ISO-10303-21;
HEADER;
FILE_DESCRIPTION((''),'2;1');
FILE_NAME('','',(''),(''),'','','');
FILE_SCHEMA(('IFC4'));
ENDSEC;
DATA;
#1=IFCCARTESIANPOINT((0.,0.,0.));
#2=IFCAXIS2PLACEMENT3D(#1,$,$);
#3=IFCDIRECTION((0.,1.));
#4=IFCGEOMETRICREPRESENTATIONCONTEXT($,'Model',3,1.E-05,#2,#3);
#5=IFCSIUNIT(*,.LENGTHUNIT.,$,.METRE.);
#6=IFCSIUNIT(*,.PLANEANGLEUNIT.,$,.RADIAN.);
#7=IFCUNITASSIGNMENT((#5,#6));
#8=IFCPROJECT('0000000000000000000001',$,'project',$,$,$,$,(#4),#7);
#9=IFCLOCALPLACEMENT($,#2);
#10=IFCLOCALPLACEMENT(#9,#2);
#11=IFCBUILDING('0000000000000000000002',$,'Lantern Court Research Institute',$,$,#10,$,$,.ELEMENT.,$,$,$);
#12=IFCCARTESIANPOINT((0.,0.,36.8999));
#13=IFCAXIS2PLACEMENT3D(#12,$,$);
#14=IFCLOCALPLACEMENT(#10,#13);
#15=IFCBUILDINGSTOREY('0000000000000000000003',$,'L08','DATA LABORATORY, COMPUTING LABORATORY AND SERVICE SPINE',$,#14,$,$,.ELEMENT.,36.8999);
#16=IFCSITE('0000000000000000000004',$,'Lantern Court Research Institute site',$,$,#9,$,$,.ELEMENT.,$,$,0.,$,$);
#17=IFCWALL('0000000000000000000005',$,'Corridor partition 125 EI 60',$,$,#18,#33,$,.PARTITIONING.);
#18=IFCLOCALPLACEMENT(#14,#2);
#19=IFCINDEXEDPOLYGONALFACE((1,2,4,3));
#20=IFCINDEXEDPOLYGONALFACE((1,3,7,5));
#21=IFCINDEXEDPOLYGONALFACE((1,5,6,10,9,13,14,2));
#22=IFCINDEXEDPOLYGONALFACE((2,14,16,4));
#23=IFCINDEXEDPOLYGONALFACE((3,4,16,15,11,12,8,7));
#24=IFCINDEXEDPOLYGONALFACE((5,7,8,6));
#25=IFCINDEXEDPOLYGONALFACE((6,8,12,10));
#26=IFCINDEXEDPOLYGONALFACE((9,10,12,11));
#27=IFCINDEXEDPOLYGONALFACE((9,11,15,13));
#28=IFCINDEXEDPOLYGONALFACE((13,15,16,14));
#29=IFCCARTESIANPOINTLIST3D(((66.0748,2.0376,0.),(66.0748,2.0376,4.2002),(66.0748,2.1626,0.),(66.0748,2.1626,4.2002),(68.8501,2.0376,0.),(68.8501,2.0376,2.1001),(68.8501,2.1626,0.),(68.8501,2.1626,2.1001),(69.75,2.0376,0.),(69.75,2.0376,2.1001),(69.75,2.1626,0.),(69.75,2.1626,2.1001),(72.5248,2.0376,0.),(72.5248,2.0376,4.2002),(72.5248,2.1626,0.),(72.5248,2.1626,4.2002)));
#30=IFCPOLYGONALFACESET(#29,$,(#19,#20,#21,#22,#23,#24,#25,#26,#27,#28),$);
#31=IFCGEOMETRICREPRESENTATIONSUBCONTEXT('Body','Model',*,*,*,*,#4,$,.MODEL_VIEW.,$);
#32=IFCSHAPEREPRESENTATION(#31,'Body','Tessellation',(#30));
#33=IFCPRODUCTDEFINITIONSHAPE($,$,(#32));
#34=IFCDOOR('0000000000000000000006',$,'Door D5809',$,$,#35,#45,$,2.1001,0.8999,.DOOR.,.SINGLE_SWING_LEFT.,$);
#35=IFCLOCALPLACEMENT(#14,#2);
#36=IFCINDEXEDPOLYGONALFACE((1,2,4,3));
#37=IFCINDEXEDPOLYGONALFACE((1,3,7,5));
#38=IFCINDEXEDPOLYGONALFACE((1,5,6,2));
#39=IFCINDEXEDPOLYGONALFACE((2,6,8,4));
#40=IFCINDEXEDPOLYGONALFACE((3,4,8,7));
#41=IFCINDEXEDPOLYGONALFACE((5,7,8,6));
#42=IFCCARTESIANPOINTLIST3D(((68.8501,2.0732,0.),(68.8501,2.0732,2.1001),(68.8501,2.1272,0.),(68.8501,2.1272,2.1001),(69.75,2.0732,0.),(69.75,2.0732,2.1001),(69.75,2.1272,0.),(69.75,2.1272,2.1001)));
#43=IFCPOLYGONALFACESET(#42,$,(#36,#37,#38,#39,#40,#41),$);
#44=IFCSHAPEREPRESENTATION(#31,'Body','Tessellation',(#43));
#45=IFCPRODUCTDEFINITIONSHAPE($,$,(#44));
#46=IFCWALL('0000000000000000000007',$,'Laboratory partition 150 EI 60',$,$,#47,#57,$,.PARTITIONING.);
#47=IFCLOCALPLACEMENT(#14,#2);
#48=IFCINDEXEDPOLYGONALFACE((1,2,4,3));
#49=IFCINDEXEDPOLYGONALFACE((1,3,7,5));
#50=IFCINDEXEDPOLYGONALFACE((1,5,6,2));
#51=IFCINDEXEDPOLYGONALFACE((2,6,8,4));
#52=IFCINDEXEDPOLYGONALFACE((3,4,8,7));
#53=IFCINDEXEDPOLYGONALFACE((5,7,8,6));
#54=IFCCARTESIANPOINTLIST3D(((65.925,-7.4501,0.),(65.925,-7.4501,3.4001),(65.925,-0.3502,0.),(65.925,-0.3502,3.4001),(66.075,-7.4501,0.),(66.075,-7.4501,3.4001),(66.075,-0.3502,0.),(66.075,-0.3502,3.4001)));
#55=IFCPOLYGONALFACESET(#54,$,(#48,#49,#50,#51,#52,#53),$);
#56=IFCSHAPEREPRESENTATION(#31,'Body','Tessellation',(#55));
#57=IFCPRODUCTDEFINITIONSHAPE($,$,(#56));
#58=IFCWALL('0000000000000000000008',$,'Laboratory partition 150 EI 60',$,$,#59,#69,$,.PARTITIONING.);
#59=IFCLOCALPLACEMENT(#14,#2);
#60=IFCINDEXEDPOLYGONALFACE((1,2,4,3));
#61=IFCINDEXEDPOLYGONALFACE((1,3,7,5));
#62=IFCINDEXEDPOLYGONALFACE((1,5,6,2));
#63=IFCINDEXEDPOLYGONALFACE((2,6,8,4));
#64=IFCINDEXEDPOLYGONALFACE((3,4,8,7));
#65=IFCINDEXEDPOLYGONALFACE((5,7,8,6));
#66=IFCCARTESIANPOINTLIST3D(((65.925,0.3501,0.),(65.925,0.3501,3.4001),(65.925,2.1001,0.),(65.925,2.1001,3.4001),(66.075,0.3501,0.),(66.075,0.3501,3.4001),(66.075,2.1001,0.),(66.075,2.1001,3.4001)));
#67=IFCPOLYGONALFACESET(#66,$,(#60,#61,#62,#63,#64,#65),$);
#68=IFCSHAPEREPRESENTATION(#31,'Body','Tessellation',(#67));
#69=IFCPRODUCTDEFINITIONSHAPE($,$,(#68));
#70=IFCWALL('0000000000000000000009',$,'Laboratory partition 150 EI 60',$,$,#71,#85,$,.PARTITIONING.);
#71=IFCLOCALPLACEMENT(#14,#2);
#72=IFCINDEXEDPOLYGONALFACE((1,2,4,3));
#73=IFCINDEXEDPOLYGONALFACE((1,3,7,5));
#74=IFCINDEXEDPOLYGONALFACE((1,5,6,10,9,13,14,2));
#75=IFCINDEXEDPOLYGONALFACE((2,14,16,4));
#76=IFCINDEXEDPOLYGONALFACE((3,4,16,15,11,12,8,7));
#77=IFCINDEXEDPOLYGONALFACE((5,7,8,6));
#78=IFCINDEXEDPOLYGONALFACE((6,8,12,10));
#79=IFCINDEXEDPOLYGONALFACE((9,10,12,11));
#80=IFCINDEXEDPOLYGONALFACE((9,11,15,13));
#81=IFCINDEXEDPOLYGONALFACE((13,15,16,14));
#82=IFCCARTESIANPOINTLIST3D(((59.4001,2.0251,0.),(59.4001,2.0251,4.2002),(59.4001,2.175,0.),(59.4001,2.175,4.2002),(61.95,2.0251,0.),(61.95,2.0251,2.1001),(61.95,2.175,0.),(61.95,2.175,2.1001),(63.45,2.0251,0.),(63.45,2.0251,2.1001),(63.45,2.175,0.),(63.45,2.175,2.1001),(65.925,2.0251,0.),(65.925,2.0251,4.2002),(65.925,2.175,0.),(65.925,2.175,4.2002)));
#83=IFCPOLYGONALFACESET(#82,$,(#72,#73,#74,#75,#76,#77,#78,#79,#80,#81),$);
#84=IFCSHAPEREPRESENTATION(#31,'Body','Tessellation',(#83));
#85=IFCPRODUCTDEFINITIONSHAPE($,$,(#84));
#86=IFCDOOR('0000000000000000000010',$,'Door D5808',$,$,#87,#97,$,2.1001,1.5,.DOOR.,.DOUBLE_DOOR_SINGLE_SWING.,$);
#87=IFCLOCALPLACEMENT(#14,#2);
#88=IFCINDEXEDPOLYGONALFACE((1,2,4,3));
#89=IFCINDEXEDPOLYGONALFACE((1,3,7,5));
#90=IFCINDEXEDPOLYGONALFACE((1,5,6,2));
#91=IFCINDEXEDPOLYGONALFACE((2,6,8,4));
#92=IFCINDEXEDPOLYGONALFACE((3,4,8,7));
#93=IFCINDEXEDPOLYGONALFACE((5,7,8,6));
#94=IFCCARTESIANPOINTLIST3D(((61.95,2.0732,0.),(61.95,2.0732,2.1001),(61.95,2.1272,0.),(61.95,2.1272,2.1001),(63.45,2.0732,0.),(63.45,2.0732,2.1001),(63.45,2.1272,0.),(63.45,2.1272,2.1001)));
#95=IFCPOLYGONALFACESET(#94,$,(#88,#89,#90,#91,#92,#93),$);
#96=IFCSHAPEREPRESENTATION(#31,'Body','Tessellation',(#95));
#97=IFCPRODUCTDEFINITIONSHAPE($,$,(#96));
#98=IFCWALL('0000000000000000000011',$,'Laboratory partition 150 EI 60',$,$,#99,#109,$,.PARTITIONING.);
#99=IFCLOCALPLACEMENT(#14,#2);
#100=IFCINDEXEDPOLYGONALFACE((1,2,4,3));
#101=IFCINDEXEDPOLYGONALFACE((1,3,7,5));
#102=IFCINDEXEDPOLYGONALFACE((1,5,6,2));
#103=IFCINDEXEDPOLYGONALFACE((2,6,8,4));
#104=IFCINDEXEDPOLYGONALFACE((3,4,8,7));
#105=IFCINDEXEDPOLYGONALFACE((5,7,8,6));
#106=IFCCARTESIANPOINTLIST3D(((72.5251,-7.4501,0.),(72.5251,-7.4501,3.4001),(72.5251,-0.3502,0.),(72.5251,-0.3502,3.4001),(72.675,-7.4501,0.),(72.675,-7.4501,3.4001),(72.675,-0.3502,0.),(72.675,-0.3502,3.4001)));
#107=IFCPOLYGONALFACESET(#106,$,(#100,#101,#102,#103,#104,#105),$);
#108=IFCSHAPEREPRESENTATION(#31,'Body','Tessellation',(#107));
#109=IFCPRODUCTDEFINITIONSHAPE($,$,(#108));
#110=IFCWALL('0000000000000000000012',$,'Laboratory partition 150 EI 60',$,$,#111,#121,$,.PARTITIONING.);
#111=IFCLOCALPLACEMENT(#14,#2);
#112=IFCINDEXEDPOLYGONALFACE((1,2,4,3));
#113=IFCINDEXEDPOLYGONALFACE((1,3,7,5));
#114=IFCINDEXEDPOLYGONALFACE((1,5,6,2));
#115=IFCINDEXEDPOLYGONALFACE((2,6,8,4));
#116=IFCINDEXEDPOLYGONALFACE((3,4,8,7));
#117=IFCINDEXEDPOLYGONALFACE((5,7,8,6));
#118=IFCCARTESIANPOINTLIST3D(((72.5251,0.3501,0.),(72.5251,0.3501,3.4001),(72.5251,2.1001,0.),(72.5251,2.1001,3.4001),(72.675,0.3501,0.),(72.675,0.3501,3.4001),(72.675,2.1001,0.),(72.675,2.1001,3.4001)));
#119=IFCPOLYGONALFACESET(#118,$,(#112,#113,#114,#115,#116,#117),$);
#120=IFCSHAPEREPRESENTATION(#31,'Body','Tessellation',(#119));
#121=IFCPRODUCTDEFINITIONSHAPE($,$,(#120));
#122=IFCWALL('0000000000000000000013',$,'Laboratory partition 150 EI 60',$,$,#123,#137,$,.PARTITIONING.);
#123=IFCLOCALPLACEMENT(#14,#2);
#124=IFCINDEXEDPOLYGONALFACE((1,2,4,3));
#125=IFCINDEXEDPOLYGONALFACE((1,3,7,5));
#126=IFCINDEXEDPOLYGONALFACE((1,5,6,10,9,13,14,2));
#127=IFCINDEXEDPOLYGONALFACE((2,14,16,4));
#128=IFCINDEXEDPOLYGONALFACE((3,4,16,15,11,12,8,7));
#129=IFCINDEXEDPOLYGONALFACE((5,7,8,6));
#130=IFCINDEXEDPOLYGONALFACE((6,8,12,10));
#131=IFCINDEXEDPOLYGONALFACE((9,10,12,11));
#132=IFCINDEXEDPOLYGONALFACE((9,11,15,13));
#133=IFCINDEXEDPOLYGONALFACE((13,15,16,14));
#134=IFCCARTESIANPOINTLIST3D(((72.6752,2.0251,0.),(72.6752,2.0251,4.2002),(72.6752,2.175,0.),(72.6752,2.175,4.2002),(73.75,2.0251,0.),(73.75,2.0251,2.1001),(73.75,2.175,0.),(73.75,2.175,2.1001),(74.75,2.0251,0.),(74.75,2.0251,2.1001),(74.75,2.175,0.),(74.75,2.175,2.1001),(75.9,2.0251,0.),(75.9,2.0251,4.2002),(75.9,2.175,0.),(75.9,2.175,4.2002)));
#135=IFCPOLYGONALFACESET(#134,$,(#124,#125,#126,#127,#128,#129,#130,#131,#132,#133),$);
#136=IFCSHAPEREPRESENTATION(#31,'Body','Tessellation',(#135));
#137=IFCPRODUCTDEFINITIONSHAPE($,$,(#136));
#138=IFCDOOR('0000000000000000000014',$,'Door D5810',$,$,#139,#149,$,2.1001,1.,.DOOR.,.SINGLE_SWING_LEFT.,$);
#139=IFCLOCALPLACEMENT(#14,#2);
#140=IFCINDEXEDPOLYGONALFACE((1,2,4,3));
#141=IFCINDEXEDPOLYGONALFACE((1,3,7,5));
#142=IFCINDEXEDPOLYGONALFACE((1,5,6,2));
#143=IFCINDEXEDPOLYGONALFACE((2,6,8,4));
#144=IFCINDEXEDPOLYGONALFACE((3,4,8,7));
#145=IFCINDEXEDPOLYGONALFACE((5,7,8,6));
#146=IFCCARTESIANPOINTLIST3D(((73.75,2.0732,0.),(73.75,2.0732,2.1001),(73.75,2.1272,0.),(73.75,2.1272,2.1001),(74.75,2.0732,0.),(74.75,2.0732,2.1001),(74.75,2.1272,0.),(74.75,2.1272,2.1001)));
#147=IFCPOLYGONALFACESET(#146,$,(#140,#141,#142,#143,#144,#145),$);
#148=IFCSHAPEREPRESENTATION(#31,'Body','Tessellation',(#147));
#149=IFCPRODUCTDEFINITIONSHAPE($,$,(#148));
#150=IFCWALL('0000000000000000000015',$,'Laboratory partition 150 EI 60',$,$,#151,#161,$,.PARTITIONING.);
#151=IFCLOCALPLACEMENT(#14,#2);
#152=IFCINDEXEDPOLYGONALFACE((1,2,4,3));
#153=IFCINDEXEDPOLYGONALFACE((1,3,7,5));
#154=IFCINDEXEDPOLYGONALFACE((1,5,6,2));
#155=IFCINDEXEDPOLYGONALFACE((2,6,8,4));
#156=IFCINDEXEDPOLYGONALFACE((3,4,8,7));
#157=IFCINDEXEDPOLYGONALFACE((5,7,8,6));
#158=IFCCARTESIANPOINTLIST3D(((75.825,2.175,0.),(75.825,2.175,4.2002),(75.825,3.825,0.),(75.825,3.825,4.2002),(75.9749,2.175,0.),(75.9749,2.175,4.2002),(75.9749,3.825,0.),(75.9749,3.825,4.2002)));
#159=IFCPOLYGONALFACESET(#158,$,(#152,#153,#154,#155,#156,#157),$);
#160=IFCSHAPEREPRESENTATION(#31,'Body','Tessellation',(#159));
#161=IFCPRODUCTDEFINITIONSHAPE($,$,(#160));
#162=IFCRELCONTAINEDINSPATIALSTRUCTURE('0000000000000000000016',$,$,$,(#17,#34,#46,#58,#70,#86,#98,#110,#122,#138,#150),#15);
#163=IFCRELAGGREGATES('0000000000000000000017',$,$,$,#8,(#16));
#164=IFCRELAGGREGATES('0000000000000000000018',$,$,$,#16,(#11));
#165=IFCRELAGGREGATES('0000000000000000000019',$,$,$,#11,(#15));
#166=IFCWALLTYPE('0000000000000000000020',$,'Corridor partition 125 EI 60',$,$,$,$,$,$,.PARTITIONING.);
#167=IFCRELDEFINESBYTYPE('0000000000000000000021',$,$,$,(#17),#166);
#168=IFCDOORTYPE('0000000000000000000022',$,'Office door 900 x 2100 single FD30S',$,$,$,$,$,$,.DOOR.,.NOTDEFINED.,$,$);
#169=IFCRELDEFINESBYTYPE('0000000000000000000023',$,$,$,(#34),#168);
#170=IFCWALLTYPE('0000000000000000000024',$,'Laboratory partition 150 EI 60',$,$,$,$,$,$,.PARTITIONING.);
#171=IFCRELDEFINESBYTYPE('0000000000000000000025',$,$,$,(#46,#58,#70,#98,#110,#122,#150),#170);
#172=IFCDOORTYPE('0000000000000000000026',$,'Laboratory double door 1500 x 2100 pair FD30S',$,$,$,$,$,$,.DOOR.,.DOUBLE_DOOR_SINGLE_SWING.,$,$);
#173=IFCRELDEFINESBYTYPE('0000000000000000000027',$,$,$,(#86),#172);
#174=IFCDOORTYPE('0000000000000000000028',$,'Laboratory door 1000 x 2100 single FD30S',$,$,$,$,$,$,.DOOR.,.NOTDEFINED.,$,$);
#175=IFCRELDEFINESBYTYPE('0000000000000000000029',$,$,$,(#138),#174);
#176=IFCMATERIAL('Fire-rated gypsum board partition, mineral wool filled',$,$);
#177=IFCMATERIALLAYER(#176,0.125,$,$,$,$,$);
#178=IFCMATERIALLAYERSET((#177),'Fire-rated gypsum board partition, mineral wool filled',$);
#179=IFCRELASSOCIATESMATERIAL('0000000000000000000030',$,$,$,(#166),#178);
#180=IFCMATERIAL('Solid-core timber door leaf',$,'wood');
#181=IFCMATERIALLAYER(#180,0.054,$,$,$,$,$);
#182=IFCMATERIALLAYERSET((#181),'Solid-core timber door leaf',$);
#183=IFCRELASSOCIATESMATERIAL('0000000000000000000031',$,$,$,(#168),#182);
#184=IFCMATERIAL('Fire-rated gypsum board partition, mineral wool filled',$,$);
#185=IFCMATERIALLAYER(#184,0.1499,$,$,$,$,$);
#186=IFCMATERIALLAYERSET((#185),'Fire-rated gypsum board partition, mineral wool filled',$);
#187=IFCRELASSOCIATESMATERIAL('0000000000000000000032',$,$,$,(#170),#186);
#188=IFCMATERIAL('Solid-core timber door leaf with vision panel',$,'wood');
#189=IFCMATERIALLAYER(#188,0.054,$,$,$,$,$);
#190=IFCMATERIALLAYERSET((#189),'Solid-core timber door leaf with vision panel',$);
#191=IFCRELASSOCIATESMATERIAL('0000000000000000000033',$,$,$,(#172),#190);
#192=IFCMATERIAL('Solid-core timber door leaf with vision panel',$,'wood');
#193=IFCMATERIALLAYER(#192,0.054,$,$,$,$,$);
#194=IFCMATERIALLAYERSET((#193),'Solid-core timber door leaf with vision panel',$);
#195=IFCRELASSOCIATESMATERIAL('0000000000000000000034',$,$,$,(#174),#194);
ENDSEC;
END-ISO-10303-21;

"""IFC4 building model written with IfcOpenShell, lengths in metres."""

from ifc_helpers import new_model, si_unit, direction, frame, frame_2d, origin, place, context, subcontext, project, spatial, rectangle, extrude, material, layer, layer_set, type_object, element, fill, save


model = new_model("IFC4")

# Units and contexts
model_context = context("Model", 3, precision=1e-05, world=origin(), true_north=direction((0.0, 1.0)))
body_context = subcontext(model_context, "Body", "Model", "MODEL_VIEW")
ifc_project = project(units=[si_unit("LENGTHUNIT", "METRE"), si_unit("PLANEANGLEUNIT", "RADIAN")], contexts=[model_context])

# Site, building, storey
site_placement = place(None, origin())
site = spatial("IfcSite", under=ifc_project, at=site_placement, Name="Lantern Court Research Institute site", CompositionType="ELEMENT", RefElevation=0.0)
building_placement = place(site_placement, origin())
building = spatial("IfcBuilding", under=site, at=building_placement, Name="Lantern Court Research Institute", CompositionType="ELEMENT")
storey_placement = place(building_placement, frame((0.0, 0.0, 36.8999)))
storey = spatial("IfcBuildingStorey", under=building, at=storey_placement, Name="L08", Description="DATA LABORATORY, COMPUTING LABORATORY AND SERVICE SPINE", CompositionType="ELEMENT", Elevation=36.8999)

# Wall, opening, door
ifc_material_1 = material(Name="Fire-rated gypsum board partition, mineral wool filled")
ifc_layer_1 = layer(ifc_material_1, 0.125)
ifc_layer_set_1 = layer_set([ifc_layer_1], Name="Fire-rated gypsum board partition, mineral wool filled")
wall_type_1 = type_object("IfcWallType", Name="Corridor partition 125 EI 60", PredefinedType="PARTITIONING", material=ifc_layer_set_1)
wall_1_placement = place(storey_placement, frame((72.5249, 2.1001, 0.0), z_axis=(0.0, 0.0, 1.0), x_axis=(-1.0, 0.0, 0.0)))
wall_1 = element("IfcWall", 1, at=wall_1_placement, inside=storey, type_object=wall_type_1, Name="Corridor partition 125 EI 60", PredefinedType="PARTITIONING", context=body_context, shape_type="SweptSolid", body=[
    extrude(rectangle(XDim=6.45, YDim=0.125, at=frame_2d((3.2251, 0.0))), origin(), (0.0, 0.0, 1.0), 4.2002),
])
opening_1_placement = place(wall_1_placement, frame((2.7749, 0.0, 0.0)))
opening_1 = element("IfcOpeningElement", 2, at=opening_1_placement, cuts=wall_1, PredefinedType="OPENING", context=body_context, shape_type="SweptSolid", body=[
    extrude(rectangle(XDim=0.8999, YDim=2.1001, at=frame_2d((0.45, 1.05))), frame((0.0, 0.0725, 0.0), z_axis=(0.0, -1.0, 0.0), x_axis=(1.0, 0.0, 0.0)), (0.0, 0.0, 1.0), 0.145),
])
ifc_material_2 = material(Name="Solid-core timber door leaf", Category="wood")
ifc_layer_2 = layer(ifc_material_2, 0.054)
ifc_layer_set_2 = layer_set([ifc_layer_2], Name="Solid-core timber door leaf")
door_type_1 = type_object("IfcDoorType", Name="Office door 900 x 2100 single FD30S", OperationType="NOTDEFINED", PredefinedType="DOOR", material=ifc_layer_set_2)
door_1_placement = place(opening_1_placement, origin())
door_1 = element("IfcDoor", 3, at=door_1_placement, inside=storey, type_object=door_type_1, Name="Door D5809", OperationType="SINGLE_SWING_LEFT", OverallHeight=2.1001, OverallWidth=0.8999, PredefinedType="DOOR", context=body_context, shape_type="SweptSolid", body=[
    extrude(rectangle(XDim=0.8999, YDim=2.1001, at=frame_2d((0.45, 1.05))), frame((0.0, 0.0269, 0.0), z_axis=(0.0, -1.0, 0.0), x_axis=(1.0, 0.0, 0.0)), (0.0, 0.0, 1.0), 0.054),
])
fill(opening_1, door_1)

# Walls
ifc_material_3 = material(Name="Fire-rated gypsum board partition, mineral wool filled")
ifc_layer_3 = layer(ifc_material_3, 0.1499)
ifc_layer_set_3 = layer_set([ifc_layer_3], Name="Fire-rated gypsum board partition, mineral wool filled")
wall_type_2 = type_object("IfcWallType", Name="Laboratory partition 150 EI 60", PredefinedType="PARTITIONING", material=ifc_layer_set_3)
wall_2_placement = place(storey_placement, frame((66.0, -7.45, 0.0), z_axis=(0.0, 0.0, 1.0), x_axis=(0.0, 1.0, 0.0)))
element("IfcWall", 4, at=wall_2_placement, inside=storey, type_object=wall_type_2, Name="Laboratory partition 150 EI 60", PredefinedType="PARTITIONING", context=body_context, shape_type="SweptSolid", body=[
    extrude(rectangle(XDim=7.0999, YDim=0.1499, at=frame_2d((3.5498, 0.0))), origin(), (0.0, 0.0, 1.0), 3.4001),
])
wall_3_placement = place(storey_placement, frame((66.0, 0.3501, 0.0), z_axis=(0.0, 0.0, 1.0), x_axis=(0.0, 1.0, 0.0)))
element("IfcWall", 5, at=wall_3_placement, inside=storey, type_object=wall_type_2, Name="Laboratory partition 150 EI 60", PredefinedType="PARTITIONING", context=body_context, shape_type="SweptSolid", body=[
    extrude(rectangle(XDim=1.75, YDim=0.1499, at=frame_2d((0.875, 0.0))), origin(), (0.0, 0.0, 1.0), 3.4001),
])

# Wall, opening, door
wall_4_placement = place(storey_placement, frame((65.925, 2.1001, 0.0), z_axis=(0.0, 0.0, 1.0), x_axis=(-1.0, 0.0, 0.0)))
wall_4 = element("IfcWall", 6, at=wall_4_placement, inside=storey, type_object=wall_type_2, Name="Laboratory partition 150 EI 60", PredefinedType="PARTITIONING", context=body_context, shape_type="SweptSolid", body=[
    extrude(rectangle(XDim=6.5249, YDim=0.1499, at=frame_2d((3.2625, 0.0))), origin(), (0.0, 0.0, 1.0), 4.2002),
])
opening_2_placement = place(wall_4_placement, frame((2.4751, 0.0, 0.0)))
opening_2 = element("IfcOpeningElement", 7, at=opening_2_placement, cuts=wall_4, PredefinedType="OPENING", context=body_context, shape_type="SweptSolid", body=[
    extrude(rectangle(XDim=1.5, YDim=2.1001, at=frame_2d((0.75, 1.05))), frame((0.0, 0.085, 0.0), z_axis=(0.0, -1.0, 0.0), x_axis=(1.0, 0.0, 0.0)), (0.0, 0.0, 1.0), 0.1699),
])
ifc_material_4 = material(Name="Solid-core timber door leaf with vision panel", Category="wood")
ifc_layer_4 = layer(ifc_material_4, 0.054)
ifc_layer_set_4 = layer_set([ifc_layer_4], Name="Solid-core timber door leaf with vision panel")
door_type_2 = type_object("IfcDoorType", Name="Laboratory double door 1500 x 2100 pair FD30S", OperationType="DOUBLE_DOOR_SINGLE_SWING", PredefinedType="DOOR", material=ifc_layer_set_4)
door_2_placement = place(opening_2_placement, origin())
door_2 = element("IfcDoor", 8, at=door_2_placement, inside=storey, type_object=door_type_2, Name="Door D5808", OperationType="DOUBLE_DOOR_SINGLE_SWING", OverallHeight=2.1001, OverallWidth=1.5, PredefinedType="DOOR", context=body_context, shape_type="SweptSolid", body=[
    extrude(rectangle(XDim=1.5, YDim=2.1001, at=frame_2d((0.75, 1.05))), frame((0.0, 0.0269, 0.0), z_axis=(0.0, -1.0, 0.0), x_axis=(1.0, 0.0, 0.0)), (0.0, 0.0, 1.0), 0.054),
])
fill(opening_2, door_2)

# Walls
wall_5_placement = place(storey_placement, frame((72.6001, -7.45, 0.0), z_axis=(0.0, 0.0, 1.0), x_axis=(0.0, 1.0, 0.0)))
element("IfcWall", 9, at=wall_5_placement, inside=storey, type_object=wall_type_2, Name="Laboratory partition 150 EI 60", PredefinedType="PARTITIONING", context=body_context, shape_type="SweptSolid", body=[
    extrude(rectangle(XDim=7.0999, YDim=0.1499, at=frame_2d((3.5498, 0.0))), origin(), (0.0, 0.0, 1.0), 3.4001),
])
wall_6_placement = place(storey_placement, frame((72.6001, 0.3501, 0.0), z_axis=(0.0, 0.0, 1.0), x_axis=(0.0, 1.0, 0.0)))
element("IfcWall", 10, at=wall_6_placement, inside=storey, type_object=wall_type_2, Name="Laboratory partition 150 EI 60", PredefinedType="PARTITIONING", context=body_context, shape_type="SweptSolid", body=[
    extrude(rectangle(XDim=1.75, YDim=0.1499, at=frame_2d((0.875, 0.0))), origin(), (0.0, 0.0, 1.0), 3.4001),
])

# Wall, opening, door
wall_7_placement = place(storey_placement, frame((75.8999, 2.1001, 0.0), z_axis=(0.0, 0.0, 1.0), x_axis=(-1.0, 0.0, 0.0)))
wall_7 = element("IfcWall", 11, at=wall_7_placement, inside=storey, type_object=wall_type_2, Name="Laboratory partition 150 EI 60", PredefinedType="PARTITIONING", context=body_context, shape_type="SweptSolid", body=[
    extrude(rectangle(XDim=3.2249, YDim=0.1499, at=frame_2d((1.6123, 0.0))), origin(), (0.0, 0.0, 1.0), 4.2002),
])
opening_3_placement = place(wall_7_placement, frame((1.1499, 0.0, 0.0)))
opening_3 = element("IfcOpeningElement", 12, at=opening_3_placement, cuts=wall_7, PredefinedType="OPENING", context=body_context, shape_type="SweptSolid", body=[
    extrude(rectangle(XDim=1.0, YDim=2.1001, at=frame_2d((0.5, 1.05))), frame((0.0, 0.085, 0.0), z_axis=(0.0, -1.0, 0.0), x_axis=(1.0, 0.0, 0.0)), (0.0, 0.0, 1.0), 0.1699),
])
ifc_material_5 = material(Name="Solid-core timber door leaf with vision panel", Category="wood")
ifc_layer_5 = layer(ifc_material_5, 0.054)
ifc_layer_set_5 = layer_set([ifc_layer_5], Name="Solid-core timber door leaf with vision panel")
door_type_3 = type_object("IfcDoorType", Name="Laboratory door 1000 x 2100 single FD30S", OperationType="NOTDEFINED", PredefinedType="DOOR", material=ifc_layer_set_5)
door_3_placement = place(opening_3_placement, origin())
door_3 = element("IfcDoor", 13, at=door_3_placement, inside=storey, type_object=door_type_3, Name="Door D5810", OperationType="SINGLE_SWING_LEFT", OverallHeight=2.1001, OverallWidth=1.0, PredefinedType="DOOR", context=body_context, shape_type="SweptSolid", body=[
    extrude(rectangle(XDim=1.0, YDim=2.1001, at=frame_2d((0.5, 1.05))), frame((0.0, 0.0269, 0.0), z_axis=(0.0, -1.0, 0.0), x_axis=(1.0, 0.0, 0.0)), (0.0, 0.0, 1.0), 0.054),
])
fill(opening_3, door_3)

# Wall
wall_8_placement = place(storey_placement, frame((75.8999, 2.175, 0.0), z_axis=(0.0, 0.0, 1.0), x_axis=(0.0, 1.0, 0.0)))
element("IfcWall", 14, at=wall_8_placement, inside=storey, type_object=wall_type_2, Name="Laboratory partition 150 EI 60", PredefinedType="PARTITIONING", context=body_context, shape_type="SweptSolid", body=[
    extrude(rectangle(XDim=1.6499, YDim=0.1499, at=frame_2d((0.825, 0.0))), origin(), (0.0, 0.0, 1.0), 4.2002),
])

save(model, "model.ifc")
